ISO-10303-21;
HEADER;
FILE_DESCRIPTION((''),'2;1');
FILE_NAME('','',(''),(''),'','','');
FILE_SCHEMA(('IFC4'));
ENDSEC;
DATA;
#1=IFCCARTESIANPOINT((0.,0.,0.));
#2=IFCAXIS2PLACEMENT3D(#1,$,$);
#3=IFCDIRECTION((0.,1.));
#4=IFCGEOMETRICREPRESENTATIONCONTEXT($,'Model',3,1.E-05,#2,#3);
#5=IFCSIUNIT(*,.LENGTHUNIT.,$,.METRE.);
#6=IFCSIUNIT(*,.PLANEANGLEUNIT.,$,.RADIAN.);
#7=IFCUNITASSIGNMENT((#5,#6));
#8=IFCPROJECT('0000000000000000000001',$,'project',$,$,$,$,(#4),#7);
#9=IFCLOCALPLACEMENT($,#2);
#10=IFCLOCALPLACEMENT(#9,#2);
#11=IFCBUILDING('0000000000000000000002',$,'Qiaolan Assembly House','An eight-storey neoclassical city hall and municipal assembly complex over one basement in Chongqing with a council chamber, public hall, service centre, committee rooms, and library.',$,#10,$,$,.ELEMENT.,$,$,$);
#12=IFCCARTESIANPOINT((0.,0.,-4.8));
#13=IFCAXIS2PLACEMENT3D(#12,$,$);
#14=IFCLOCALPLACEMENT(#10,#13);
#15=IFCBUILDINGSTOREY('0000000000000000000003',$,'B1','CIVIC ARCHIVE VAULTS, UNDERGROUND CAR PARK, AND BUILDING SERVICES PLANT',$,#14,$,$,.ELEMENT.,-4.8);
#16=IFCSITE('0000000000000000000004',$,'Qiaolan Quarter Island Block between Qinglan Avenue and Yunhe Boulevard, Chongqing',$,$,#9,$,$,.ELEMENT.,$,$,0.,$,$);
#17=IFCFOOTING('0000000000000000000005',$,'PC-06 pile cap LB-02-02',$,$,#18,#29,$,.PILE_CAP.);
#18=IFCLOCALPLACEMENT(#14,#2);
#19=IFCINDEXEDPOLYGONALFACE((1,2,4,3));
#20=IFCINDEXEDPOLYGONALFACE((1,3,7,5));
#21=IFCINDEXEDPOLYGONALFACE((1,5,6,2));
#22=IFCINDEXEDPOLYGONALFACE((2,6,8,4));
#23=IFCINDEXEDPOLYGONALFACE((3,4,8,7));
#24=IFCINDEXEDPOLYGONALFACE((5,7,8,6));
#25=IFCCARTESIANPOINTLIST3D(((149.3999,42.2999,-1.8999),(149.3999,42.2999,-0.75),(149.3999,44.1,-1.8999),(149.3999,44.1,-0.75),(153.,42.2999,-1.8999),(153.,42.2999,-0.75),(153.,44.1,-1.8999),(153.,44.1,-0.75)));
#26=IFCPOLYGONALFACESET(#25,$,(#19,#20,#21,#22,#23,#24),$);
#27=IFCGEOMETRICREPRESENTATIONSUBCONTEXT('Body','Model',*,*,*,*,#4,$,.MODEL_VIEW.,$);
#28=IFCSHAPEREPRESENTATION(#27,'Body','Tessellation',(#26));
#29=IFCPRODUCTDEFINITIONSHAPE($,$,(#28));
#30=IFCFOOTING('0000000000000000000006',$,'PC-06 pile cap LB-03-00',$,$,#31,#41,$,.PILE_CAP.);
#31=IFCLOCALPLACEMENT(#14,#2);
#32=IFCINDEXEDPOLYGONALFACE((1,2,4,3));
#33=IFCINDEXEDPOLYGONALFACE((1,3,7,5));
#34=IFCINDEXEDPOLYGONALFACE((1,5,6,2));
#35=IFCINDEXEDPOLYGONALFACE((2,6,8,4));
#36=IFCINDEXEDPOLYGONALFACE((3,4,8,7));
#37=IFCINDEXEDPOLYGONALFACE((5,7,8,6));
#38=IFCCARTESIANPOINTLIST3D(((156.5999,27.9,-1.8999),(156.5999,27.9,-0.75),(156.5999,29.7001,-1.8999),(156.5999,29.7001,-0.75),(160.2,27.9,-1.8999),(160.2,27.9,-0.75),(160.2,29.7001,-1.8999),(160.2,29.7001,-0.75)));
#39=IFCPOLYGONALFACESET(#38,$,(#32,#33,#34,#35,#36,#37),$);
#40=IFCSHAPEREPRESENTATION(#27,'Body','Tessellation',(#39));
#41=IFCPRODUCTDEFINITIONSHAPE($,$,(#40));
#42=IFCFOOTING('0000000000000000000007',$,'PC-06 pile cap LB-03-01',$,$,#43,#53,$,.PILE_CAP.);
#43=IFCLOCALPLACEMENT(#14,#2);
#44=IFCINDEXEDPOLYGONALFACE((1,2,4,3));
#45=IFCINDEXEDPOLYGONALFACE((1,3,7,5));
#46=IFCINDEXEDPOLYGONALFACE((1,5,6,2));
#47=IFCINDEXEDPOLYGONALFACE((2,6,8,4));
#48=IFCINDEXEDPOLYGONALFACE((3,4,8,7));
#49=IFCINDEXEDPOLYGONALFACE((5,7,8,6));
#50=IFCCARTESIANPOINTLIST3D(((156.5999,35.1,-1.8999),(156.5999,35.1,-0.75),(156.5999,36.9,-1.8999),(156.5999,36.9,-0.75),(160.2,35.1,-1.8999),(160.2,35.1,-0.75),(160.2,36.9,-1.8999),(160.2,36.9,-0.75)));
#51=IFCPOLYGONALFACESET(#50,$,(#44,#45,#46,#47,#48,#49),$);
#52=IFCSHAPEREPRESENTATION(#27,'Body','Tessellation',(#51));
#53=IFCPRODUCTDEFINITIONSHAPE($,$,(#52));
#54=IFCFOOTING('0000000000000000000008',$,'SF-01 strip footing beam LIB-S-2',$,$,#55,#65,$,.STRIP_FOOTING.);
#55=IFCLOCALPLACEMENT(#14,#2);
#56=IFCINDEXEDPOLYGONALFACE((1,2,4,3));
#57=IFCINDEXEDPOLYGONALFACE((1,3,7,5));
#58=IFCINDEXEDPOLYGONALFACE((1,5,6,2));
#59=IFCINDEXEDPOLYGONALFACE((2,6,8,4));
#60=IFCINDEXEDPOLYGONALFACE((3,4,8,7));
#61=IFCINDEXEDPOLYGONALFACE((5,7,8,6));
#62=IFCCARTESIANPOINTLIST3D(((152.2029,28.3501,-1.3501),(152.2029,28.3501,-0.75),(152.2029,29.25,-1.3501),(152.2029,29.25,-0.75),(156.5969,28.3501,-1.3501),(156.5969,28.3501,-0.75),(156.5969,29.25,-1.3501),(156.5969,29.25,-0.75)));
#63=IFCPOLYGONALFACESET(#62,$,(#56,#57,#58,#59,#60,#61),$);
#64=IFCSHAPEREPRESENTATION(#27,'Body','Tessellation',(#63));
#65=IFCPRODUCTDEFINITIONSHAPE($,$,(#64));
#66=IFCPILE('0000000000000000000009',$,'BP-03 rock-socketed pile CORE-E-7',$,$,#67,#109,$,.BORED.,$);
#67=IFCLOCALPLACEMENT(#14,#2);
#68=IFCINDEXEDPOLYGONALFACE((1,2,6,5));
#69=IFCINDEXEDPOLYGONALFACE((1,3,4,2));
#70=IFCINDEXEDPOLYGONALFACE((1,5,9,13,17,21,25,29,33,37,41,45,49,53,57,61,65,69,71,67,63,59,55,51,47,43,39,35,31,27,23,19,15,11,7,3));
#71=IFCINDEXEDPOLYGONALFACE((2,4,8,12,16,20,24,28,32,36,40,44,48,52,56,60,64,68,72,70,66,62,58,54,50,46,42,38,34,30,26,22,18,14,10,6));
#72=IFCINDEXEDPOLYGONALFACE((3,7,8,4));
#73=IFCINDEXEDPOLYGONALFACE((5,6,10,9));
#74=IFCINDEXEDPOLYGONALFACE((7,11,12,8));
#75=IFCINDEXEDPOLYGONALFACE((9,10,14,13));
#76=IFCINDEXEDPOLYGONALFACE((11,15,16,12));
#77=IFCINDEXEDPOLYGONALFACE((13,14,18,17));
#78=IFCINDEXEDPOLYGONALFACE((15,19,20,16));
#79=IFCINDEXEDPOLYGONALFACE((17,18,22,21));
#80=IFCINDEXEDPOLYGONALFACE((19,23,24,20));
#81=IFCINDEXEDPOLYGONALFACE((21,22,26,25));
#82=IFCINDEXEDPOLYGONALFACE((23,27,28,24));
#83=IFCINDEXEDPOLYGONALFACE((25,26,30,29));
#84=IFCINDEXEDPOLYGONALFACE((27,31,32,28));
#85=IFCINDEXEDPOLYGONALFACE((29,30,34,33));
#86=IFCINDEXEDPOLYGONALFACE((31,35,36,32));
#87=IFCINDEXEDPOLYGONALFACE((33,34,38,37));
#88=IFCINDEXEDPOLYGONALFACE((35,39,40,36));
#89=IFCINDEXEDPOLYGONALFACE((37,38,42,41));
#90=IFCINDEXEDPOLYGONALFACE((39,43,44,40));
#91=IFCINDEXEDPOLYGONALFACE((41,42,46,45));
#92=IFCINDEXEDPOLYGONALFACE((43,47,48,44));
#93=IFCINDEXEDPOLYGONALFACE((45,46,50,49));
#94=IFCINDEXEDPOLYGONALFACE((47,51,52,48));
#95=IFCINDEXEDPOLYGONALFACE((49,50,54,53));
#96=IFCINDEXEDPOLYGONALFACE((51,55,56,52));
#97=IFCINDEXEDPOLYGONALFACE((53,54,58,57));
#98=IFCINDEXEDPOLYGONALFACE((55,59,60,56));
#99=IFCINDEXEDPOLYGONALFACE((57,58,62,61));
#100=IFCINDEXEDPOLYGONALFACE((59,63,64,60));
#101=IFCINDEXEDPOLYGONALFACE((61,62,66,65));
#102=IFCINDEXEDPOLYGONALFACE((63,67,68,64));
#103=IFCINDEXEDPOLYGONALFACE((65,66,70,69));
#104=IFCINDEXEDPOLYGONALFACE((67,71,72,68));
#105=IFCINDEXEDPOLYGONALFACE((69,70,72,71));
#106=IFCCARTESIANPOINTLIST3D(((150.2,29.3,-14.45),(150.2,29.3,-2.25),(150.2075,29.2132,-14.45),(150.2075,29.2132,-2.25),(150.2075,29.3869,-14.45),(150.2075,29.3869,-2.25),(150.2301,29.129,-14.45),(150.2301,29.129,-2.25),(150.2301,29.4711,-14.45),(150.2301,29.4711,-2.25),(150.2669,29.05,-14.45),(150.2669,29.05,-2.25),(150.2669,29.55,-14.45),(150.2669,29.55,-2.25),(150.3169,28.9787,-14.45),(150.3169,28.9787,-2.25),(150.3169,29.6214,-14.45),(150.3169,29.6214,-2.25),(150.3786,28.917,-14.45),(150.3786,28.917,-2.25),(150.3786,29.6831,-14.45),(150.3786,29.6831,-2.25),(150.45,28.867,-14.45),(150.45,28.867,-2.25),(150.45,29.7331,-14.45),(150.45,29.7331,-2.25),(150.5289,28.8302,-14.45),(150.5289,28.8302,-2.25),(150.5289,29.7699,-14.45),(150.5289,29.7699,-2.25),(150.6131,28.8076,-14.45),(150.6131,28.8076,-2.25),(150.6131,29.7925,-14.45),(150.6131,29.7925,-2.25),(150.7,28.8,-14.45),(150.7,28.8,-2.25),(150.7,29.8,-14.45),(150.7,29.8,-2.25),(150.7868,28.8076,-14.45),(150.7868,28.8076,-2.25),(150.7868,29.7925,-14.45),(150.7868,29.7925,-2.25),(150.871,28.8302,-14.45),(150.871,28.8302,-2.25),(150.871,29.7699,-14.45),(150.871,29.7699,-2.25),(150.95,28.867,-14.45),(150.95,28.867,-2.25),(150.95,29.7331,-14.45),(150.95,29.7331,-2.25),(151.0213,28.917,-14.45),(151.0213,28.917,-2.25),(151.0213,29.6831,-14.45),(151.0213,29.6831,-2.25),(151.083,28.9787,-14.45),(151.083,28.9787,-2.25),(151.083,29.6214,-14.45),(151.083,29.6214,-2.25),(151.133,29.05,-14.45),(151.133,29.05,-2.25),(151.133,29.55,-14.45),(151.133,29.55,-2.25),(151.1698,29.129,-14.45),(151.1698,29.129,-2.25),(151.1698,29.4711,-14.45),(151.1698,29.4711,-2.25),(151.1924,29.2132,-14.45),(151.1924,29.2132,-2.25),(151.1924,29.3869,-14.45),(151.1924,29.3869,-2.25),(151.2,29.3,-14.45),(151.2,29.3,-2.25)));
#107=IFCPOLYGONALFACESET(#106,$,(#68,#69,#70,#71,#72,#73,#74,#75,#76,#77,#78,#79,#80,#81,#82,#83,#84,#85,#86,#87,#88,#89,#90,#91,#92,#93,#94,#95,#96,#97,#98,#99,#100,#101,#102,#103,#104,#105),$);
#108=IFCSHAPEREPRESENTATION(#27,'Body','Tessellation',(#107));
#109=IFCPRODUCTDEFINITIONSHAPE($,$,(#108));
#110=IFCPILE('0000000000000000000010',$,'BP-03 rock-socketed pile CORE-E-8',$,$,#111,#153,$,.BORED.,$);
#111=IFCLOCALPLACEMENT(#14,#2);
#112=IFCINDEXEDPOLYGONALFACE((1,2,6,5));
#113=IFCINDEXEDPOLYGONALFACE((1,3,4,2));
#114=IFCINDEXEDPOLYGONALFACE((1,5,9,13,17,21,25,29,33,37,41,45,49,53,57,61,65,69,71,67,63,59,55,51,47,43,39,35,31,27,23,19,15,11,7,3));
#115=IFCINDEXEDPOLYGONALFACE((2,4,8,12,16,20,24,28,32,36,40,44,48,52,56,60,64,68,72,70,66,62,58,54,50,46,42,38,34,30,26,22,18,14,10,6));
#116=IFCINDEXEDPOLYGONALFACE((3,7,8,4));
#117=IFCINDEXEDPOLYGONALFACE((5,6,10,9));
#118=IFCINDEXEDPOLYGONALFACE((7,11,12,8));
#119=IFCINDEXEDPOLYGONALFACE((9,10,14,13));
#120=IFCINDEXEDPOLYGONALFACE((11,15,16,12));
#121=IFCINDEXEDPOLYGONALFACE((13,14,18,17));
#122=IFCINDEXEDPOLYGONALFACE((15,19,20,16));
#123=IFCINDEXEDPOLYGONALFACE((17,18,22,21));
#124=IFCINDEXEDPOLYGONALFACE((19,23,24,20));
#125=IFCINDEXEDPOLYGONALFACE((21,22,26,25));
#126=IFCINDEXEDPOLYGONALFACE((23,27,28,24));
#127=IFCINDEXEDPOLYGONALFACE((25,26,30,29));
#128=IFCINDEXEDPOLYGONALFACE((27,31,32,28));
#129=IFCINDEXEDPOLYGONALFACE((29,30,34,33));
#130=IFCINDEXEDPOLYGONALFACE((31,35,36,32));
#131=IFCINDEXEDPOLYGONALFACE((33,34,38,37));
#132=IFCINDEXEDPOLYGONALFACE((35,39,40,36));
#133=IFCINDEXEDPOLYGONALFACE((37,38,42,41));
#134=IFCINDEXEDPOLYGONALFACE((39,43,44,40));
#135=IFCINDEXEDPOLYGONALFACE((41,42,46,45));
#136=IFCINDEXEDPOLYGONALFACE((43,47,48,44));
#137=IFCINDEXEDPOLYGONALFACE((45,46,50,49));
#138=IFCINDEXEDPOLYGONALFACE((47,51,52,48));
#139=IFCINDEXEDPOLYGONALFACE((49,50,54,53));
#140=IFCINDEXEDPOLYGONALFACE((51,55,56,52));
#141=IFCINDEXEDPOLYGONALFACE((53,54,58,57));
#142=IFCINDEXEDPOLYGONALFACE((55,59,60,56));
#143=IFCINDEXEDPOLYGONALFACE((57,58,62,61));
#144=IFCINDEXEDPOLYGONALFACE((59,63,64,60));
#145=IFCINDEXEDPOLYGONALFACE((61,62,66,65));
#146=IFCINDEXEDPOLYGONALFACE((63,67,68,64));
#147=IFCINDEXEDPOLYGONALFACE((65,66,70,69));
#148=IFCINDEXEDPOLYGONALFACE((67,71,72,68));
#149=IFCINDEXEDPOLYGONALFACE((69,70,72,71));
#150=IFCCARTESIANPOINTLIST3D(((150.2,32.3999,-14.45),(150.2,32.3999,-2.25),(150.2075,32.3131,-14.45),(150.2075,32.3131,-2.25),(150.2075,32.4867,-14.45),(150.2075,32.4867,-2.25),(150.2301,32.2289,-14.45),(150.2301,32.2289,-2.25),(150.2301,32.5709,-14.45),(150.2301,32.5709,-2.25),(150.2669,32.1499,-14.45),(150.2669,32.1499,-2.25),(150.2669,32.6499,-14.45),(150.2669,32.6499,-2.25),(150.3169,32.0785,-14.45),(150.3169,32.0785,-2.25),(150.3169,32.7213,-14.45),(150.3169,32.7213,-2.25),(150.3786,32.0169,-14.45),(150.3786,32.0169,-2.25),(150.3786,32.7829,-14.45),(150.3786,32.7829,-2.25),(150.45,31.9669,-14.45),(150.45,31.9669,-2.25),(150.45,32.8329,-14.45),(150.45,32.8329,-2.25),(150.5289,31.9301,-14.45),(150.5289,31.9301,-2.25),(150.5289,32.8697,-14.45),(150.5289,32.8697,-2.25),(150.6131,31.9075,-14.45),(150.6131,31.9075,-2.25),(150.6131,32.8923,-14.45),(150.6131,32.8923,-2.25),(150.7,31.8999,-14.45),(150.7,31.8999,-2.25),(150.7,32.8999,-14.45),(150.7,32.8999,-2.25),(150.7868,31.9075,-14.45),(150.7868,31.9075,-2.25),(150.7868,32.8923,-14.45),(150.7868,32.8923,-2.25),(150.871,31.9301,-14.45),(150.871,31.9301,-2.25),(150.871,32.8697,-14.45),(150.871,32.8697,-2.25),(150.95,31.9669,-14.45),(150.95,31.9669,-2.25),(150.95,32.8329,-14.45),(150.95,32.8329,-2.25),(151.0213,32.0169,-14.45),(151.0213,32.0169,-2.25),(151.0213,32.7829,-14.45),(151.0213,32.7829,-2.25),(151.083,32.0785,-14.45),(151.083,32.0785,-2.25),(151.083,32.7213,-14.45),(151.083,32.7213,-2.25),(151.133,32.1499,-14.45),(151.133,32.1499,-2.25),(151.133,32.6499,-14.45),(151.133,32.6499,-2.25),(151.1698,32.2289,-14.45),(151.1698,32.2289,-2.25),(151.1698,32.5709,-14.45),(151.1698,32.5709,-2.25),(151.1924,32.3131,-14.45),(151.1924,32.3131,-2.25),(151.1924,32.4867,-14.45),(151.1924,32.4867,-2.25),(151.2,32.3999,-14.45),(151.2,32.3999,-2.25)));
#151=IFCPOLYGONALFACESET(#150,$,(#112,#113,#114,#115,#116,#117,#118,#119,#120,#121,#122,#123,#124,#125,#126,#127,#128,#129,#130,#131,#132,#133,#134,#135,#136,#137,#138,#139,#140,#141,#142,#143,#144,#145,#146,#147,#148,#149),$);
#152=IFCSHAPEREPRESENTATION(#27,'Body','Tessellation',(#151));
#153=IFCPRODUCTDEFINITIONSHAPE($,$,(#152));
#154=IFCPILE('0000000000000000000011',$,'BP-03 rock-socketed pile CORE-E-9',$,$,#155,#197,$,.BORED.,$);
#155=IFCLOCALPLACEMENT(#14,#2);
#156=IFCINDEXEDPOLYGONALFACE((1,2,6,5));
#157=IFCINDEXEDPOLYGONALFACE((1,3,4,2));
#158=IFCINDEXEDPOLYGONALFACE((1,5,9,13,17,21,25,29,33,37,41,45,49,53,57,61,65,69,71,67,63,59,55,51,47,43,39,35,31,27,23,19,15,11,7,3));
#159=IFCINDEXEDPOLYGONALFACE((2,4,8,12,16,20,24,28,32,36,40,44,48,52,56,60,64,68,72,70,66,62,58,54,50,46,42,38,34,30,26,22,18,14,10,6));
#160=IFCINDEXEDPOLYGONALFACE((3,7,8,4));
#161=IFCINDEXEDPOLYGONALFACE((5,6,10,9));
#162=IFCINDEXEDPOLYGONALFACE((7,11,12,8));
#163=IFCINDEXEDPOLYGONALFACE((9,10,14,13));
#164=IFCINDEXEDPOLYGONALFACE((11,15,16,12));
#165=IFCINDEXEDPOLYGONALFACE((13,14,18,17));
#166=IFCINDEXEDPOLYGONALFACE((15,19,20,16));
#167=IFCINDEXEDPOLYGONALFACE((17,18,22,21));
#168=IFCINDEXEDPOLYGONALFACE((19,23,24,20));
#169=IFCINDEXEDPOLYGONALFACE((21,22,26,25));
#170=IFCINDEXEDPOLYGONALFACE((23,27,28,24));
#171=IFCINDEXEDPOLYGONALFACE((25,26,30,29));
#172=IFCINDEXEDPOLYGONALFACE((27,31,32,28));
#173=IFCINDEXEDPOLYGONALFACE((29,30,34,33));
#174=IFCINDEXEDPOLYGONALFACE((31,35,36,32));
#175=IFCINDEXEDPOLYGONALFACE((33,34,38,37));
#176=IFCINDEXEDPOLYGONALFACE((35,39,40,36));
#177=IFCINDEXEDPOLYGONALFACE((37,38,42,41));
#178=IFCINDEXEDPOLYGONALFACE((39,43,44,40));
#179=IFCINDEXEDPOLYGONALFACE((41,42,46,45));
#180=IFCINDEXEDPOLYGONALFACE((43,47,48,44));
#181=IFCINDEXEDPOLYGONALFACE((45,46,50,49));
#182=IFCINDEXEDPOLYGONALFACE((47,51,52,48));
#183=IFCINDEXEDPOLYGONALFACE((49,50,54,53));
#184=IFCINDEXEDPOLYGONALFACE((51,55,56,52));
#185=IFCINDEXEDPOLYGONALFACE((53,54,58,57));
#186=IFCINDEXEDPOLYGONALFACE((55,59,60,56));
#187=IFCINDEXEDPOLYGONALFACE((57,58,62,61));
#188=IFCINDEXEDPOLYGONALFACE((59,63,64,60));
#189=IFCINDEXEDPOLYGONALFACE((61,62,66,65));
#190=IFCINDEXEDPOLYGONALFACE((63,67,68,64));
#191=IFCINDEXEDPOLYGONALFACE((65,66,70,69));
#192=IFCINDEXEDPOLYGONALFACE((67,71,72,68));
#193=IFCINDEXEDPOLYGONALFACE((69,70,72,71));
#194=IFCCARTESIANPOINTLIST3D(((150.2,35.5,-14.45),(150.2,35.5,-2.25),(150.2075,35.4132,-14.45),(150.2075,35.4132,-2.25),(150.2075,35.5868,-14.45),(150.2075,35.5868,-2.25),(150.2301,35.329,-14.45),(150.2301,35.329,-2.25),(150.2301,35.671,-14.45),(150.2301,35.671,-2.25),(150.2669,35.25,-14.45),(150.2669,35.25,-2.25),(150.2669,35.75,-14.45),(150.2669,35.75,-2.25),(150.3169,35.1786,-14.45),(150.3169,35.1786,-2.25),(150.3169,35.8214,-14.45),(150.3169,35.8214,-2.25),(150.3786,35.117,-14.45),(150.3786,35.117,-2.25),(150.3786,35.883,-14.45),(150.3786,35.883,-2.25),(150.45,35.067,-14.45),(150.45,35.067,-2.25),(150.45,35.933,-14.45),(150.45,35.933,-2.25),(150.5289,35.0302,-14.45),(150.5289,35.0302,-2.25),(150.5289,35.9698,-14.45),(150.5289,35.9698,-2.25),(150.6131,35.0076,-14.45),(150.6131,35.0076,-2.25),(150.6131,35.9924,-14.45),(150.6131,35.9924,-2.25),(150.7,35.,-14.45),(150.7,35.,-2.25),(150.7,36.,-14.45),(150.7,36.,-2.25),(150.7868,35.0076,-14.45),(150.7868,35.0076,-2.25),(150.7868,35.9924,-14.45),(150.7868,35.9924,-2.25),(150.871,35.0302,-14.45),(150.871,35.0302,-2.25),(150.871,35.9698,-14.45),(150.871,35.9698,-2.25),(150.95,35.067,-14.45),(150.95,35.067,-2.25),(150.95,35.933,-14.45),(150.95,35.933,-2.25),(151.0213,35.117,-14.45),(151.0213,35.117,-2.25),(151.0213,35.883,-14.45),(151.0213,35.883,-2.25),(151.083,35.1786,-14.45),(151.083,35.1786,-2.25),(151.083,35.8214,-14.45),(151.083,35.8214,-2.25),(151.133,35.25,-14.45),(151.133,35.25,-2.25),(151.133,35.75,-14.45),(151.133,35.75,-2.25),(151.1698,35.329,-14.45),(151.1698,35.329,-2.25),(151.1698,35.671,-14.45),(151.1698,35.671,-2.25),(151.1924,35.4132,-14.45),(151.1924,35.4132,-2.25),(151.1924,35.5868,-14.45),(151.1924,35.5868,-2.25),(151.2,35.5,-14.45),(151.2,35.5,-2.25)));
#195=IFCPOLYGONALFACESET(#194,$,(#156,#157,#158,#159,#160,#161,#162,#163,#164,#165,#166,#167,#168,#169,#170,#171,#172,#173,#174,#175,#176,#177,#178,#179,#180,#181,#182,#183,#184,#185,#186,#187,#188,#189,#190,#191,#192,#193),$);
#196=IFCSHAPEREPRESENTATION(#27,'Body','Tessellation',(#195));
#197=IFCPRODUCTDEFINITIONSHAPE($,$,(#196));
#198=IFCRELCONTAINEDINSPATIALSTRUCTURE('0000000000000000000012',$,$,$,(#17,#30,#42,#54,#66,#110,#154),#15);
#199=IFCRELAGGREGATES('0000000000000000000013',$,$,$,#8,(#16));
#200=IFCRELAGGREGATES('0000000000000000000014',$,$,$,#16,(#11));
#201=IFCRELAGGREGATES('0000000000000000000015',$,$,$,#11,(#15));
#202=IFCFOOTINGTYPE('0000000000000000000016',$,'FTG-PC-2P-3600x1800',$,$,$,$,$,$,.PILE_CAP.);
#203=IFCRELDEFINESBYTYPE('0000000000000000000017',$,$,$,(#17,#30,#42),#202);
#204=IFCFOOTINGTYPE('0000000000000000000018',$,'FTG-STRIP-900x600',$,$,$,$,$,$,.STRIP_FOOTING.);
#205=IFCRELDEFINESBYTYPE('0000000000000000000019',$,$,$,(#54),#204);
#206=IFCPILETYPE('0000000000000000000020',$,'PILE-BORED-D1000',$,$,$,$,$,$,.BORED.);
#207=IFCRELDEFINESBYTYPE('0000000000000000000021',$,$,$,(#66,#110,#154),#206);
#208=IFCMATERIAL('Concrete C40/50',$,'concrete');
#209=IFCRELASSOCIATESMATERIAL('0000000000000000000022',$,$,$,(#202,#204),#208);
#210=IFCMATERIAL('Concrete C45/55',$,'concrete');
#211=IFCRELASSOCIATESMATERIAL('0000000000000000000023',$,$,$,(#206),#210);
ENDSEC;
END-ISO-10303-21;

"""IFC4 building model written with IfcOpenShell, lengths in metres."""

from ifc_helpers import new_model, si_unit, direction, frame, origin, origin_2d, place, context, subcontext, project, spatial, rectangle, circle, extrude, material, material_profile, profile_set, type_object, element, save


model = new_model("IFC4")

# Units and contexts
model_context = context("Model", 3, precision=1e-05, world=origin(), true_north=direction((0.0, 1.0)))
body_context = subcontext(model_context, "Body", "Model", "MODEL_VIEW")
ifc_project = project(units=[si_unit("LENGTHUNIT", "METRE"), si_unit("PLANEANGLEUNIT", "RADIAN")], contexts=[model_context])

# Site, building, storey
site_placement = place(None, origin())
site = spatial("IfcSite", under=ifc_project, at=site_placement, Name="Qiaolan Quarter Island Block between Qinglan Avenue and Yunhe Boulevard, Chongqing", CompositionType="ELEMENT", RefElevation=0.0)
building_placement = place(site_placement, origin())
building = spatial("IfcBuilding", under=site, at=building_placement, Name="Qiaolan Assembly House", Description="An eight-storey neoclassical city hall and municipal assembly complex over one basement in Chongqing with a council chamber, public hall, service centre, committee rooms, and library.", CompositionType="ELEMENT")
storey_placement = place(building_placement, frame((0.0, 0.0, -4.8)))
storey = spatial("IfcBuildingStorey", under=building, at=storey_placement, Name="B1", Description="CIVIC ARCHIVE VAULTS, UNDERGROUND CAR PARK, AND BUILDING SERVICES PLANT", CompositionType="ELEMENT", Elevation=-4.8)

# Footings
ifc_material_1 = material(Name="Concrete C40/50", Category="concrete")
footing_type_1 = type_object("IfcFootingType", Name="FTG-PC-2P-3600x1800", PredefinedType="PILE_CAP", material=ifc_material_1)
for number, where, z_axis, x_axis, name in (
    (1, (151.2, 43.2, -1.8999), (0.0, 0.0, 1.0), (1.0, 0.0, 0.0), "PC-06 pile cap LB-02-02"),
    (2, (158.3999, 28.8, -1.8999), (0.0, 0.0, 1.0), (1.0, 0.0, 0.0), "PC-06 pile cap LB-03-00"),
    (3, (158.3999, 36.0, -1.8999), (0.0, 0.0, 1.0), (1.0, 0.0, 0.0), "PC-06 pile cap LB-03-01"),
):
    element("IfcFooting", number, at=place(storey_placement, frame(where, z_axis=z_axis, x_axis=x_axis)), inside=storey, type_object=footing_type_1, Name=name, PredefinedType="PILE_CAP", context=body_context, shape_type="SweptSolid", body=[
        extrude(rectangle(XDim=3.6001, YDim=1.8, at=origin_2d()), origin(), (0.0, 0.0, 1.0), 1.1499),
    ])
ifc_material_profile_1 = material_profile(ifc_material_1, rectangle(XDim=0.8999, YDim=0.6001, at=origin_2d()), Name="SF 900x600")
ifc_profile_set_1 = profile_set([ifc_material_profile_1], Name="Concrete C40/50")
footing_type_2 = type_object("IfcFootingType", Name="FTG-STRIP-900x600", PredefinedType="STRIP_FOOTING", material=ifc_profile_set_1)
footing_placement = place(storey_placement, frame((152.2029, 28.8, -1.05), z_axis=(1.0, 0.0, 0.0), x_axis=(0.0, 1.0, 0.0)))
element("IfcFooting", 4, at=footing_placement, inside=storey, type_object=footing_type_2, Name="SF-01 strip footing beam LIB-S-2", PredefinedType="STRIP_FOOTING", context=body_context, shape_type="SweptSolid", body=[
    extrude(rectangle(XDim=0.8999, YDim=0.6001, at=origin_2d()), origin(), (0.0, 0.0, 1.0), 4.394),
])

# Piles
ifc_material_2 = material(Name="Concrete C45/55", Category="concrete")
ifc_material_profile_2 = material_profile(ifc_material_2, circle(Radius=0.5, at=origin_2d()), Name="PILE D1000")
ifc_profile_set_2 = profile_set([ifc_material_profile_2], Name="Concrete C45/55")
pile_type_1 = type_object("IfcPileType", Name="PILE-BORED-D1000", PredefinedType="BORED", material=ifc_profile_set_2)
for number, where, z_axis, x_axis, name in (
    (5, (150.7, 29.3, -2.25), (0.0, 0.0, -1.0), (1.0, 0.0, 0.0), "BP-03 rock-socketed pile CORE-E-7"),
    (6, (150.7, 32.3999, -2.25), (0.0, 0.0, -1.0), (1.0, 0.0, 0.0), "BP-03 rock-socketed pile CORE-E-8"),
    (7, (150.7, 35.5, -2.25), (0.0, 0.0, -1.0), (1.0, 0.0, 0.0), "BP-03 rock-socketed pile CORE-E-9"),
):
    element("IfcPile", number, at=place(storey_placement, frame(where, z_axis=z_axis, x_axis=x_axis)), inside=storey, type_object=pile_type_1, Name=name, PredefinedType="BORED", context=body_context, shape_type="SweptSolid", body=[
        extrude(circle(Radius=0.5, at=origin_2d()), origin(), (0.0, 0.0, 1.0), 12.2),
    ])

save(model, "model.ifc")
